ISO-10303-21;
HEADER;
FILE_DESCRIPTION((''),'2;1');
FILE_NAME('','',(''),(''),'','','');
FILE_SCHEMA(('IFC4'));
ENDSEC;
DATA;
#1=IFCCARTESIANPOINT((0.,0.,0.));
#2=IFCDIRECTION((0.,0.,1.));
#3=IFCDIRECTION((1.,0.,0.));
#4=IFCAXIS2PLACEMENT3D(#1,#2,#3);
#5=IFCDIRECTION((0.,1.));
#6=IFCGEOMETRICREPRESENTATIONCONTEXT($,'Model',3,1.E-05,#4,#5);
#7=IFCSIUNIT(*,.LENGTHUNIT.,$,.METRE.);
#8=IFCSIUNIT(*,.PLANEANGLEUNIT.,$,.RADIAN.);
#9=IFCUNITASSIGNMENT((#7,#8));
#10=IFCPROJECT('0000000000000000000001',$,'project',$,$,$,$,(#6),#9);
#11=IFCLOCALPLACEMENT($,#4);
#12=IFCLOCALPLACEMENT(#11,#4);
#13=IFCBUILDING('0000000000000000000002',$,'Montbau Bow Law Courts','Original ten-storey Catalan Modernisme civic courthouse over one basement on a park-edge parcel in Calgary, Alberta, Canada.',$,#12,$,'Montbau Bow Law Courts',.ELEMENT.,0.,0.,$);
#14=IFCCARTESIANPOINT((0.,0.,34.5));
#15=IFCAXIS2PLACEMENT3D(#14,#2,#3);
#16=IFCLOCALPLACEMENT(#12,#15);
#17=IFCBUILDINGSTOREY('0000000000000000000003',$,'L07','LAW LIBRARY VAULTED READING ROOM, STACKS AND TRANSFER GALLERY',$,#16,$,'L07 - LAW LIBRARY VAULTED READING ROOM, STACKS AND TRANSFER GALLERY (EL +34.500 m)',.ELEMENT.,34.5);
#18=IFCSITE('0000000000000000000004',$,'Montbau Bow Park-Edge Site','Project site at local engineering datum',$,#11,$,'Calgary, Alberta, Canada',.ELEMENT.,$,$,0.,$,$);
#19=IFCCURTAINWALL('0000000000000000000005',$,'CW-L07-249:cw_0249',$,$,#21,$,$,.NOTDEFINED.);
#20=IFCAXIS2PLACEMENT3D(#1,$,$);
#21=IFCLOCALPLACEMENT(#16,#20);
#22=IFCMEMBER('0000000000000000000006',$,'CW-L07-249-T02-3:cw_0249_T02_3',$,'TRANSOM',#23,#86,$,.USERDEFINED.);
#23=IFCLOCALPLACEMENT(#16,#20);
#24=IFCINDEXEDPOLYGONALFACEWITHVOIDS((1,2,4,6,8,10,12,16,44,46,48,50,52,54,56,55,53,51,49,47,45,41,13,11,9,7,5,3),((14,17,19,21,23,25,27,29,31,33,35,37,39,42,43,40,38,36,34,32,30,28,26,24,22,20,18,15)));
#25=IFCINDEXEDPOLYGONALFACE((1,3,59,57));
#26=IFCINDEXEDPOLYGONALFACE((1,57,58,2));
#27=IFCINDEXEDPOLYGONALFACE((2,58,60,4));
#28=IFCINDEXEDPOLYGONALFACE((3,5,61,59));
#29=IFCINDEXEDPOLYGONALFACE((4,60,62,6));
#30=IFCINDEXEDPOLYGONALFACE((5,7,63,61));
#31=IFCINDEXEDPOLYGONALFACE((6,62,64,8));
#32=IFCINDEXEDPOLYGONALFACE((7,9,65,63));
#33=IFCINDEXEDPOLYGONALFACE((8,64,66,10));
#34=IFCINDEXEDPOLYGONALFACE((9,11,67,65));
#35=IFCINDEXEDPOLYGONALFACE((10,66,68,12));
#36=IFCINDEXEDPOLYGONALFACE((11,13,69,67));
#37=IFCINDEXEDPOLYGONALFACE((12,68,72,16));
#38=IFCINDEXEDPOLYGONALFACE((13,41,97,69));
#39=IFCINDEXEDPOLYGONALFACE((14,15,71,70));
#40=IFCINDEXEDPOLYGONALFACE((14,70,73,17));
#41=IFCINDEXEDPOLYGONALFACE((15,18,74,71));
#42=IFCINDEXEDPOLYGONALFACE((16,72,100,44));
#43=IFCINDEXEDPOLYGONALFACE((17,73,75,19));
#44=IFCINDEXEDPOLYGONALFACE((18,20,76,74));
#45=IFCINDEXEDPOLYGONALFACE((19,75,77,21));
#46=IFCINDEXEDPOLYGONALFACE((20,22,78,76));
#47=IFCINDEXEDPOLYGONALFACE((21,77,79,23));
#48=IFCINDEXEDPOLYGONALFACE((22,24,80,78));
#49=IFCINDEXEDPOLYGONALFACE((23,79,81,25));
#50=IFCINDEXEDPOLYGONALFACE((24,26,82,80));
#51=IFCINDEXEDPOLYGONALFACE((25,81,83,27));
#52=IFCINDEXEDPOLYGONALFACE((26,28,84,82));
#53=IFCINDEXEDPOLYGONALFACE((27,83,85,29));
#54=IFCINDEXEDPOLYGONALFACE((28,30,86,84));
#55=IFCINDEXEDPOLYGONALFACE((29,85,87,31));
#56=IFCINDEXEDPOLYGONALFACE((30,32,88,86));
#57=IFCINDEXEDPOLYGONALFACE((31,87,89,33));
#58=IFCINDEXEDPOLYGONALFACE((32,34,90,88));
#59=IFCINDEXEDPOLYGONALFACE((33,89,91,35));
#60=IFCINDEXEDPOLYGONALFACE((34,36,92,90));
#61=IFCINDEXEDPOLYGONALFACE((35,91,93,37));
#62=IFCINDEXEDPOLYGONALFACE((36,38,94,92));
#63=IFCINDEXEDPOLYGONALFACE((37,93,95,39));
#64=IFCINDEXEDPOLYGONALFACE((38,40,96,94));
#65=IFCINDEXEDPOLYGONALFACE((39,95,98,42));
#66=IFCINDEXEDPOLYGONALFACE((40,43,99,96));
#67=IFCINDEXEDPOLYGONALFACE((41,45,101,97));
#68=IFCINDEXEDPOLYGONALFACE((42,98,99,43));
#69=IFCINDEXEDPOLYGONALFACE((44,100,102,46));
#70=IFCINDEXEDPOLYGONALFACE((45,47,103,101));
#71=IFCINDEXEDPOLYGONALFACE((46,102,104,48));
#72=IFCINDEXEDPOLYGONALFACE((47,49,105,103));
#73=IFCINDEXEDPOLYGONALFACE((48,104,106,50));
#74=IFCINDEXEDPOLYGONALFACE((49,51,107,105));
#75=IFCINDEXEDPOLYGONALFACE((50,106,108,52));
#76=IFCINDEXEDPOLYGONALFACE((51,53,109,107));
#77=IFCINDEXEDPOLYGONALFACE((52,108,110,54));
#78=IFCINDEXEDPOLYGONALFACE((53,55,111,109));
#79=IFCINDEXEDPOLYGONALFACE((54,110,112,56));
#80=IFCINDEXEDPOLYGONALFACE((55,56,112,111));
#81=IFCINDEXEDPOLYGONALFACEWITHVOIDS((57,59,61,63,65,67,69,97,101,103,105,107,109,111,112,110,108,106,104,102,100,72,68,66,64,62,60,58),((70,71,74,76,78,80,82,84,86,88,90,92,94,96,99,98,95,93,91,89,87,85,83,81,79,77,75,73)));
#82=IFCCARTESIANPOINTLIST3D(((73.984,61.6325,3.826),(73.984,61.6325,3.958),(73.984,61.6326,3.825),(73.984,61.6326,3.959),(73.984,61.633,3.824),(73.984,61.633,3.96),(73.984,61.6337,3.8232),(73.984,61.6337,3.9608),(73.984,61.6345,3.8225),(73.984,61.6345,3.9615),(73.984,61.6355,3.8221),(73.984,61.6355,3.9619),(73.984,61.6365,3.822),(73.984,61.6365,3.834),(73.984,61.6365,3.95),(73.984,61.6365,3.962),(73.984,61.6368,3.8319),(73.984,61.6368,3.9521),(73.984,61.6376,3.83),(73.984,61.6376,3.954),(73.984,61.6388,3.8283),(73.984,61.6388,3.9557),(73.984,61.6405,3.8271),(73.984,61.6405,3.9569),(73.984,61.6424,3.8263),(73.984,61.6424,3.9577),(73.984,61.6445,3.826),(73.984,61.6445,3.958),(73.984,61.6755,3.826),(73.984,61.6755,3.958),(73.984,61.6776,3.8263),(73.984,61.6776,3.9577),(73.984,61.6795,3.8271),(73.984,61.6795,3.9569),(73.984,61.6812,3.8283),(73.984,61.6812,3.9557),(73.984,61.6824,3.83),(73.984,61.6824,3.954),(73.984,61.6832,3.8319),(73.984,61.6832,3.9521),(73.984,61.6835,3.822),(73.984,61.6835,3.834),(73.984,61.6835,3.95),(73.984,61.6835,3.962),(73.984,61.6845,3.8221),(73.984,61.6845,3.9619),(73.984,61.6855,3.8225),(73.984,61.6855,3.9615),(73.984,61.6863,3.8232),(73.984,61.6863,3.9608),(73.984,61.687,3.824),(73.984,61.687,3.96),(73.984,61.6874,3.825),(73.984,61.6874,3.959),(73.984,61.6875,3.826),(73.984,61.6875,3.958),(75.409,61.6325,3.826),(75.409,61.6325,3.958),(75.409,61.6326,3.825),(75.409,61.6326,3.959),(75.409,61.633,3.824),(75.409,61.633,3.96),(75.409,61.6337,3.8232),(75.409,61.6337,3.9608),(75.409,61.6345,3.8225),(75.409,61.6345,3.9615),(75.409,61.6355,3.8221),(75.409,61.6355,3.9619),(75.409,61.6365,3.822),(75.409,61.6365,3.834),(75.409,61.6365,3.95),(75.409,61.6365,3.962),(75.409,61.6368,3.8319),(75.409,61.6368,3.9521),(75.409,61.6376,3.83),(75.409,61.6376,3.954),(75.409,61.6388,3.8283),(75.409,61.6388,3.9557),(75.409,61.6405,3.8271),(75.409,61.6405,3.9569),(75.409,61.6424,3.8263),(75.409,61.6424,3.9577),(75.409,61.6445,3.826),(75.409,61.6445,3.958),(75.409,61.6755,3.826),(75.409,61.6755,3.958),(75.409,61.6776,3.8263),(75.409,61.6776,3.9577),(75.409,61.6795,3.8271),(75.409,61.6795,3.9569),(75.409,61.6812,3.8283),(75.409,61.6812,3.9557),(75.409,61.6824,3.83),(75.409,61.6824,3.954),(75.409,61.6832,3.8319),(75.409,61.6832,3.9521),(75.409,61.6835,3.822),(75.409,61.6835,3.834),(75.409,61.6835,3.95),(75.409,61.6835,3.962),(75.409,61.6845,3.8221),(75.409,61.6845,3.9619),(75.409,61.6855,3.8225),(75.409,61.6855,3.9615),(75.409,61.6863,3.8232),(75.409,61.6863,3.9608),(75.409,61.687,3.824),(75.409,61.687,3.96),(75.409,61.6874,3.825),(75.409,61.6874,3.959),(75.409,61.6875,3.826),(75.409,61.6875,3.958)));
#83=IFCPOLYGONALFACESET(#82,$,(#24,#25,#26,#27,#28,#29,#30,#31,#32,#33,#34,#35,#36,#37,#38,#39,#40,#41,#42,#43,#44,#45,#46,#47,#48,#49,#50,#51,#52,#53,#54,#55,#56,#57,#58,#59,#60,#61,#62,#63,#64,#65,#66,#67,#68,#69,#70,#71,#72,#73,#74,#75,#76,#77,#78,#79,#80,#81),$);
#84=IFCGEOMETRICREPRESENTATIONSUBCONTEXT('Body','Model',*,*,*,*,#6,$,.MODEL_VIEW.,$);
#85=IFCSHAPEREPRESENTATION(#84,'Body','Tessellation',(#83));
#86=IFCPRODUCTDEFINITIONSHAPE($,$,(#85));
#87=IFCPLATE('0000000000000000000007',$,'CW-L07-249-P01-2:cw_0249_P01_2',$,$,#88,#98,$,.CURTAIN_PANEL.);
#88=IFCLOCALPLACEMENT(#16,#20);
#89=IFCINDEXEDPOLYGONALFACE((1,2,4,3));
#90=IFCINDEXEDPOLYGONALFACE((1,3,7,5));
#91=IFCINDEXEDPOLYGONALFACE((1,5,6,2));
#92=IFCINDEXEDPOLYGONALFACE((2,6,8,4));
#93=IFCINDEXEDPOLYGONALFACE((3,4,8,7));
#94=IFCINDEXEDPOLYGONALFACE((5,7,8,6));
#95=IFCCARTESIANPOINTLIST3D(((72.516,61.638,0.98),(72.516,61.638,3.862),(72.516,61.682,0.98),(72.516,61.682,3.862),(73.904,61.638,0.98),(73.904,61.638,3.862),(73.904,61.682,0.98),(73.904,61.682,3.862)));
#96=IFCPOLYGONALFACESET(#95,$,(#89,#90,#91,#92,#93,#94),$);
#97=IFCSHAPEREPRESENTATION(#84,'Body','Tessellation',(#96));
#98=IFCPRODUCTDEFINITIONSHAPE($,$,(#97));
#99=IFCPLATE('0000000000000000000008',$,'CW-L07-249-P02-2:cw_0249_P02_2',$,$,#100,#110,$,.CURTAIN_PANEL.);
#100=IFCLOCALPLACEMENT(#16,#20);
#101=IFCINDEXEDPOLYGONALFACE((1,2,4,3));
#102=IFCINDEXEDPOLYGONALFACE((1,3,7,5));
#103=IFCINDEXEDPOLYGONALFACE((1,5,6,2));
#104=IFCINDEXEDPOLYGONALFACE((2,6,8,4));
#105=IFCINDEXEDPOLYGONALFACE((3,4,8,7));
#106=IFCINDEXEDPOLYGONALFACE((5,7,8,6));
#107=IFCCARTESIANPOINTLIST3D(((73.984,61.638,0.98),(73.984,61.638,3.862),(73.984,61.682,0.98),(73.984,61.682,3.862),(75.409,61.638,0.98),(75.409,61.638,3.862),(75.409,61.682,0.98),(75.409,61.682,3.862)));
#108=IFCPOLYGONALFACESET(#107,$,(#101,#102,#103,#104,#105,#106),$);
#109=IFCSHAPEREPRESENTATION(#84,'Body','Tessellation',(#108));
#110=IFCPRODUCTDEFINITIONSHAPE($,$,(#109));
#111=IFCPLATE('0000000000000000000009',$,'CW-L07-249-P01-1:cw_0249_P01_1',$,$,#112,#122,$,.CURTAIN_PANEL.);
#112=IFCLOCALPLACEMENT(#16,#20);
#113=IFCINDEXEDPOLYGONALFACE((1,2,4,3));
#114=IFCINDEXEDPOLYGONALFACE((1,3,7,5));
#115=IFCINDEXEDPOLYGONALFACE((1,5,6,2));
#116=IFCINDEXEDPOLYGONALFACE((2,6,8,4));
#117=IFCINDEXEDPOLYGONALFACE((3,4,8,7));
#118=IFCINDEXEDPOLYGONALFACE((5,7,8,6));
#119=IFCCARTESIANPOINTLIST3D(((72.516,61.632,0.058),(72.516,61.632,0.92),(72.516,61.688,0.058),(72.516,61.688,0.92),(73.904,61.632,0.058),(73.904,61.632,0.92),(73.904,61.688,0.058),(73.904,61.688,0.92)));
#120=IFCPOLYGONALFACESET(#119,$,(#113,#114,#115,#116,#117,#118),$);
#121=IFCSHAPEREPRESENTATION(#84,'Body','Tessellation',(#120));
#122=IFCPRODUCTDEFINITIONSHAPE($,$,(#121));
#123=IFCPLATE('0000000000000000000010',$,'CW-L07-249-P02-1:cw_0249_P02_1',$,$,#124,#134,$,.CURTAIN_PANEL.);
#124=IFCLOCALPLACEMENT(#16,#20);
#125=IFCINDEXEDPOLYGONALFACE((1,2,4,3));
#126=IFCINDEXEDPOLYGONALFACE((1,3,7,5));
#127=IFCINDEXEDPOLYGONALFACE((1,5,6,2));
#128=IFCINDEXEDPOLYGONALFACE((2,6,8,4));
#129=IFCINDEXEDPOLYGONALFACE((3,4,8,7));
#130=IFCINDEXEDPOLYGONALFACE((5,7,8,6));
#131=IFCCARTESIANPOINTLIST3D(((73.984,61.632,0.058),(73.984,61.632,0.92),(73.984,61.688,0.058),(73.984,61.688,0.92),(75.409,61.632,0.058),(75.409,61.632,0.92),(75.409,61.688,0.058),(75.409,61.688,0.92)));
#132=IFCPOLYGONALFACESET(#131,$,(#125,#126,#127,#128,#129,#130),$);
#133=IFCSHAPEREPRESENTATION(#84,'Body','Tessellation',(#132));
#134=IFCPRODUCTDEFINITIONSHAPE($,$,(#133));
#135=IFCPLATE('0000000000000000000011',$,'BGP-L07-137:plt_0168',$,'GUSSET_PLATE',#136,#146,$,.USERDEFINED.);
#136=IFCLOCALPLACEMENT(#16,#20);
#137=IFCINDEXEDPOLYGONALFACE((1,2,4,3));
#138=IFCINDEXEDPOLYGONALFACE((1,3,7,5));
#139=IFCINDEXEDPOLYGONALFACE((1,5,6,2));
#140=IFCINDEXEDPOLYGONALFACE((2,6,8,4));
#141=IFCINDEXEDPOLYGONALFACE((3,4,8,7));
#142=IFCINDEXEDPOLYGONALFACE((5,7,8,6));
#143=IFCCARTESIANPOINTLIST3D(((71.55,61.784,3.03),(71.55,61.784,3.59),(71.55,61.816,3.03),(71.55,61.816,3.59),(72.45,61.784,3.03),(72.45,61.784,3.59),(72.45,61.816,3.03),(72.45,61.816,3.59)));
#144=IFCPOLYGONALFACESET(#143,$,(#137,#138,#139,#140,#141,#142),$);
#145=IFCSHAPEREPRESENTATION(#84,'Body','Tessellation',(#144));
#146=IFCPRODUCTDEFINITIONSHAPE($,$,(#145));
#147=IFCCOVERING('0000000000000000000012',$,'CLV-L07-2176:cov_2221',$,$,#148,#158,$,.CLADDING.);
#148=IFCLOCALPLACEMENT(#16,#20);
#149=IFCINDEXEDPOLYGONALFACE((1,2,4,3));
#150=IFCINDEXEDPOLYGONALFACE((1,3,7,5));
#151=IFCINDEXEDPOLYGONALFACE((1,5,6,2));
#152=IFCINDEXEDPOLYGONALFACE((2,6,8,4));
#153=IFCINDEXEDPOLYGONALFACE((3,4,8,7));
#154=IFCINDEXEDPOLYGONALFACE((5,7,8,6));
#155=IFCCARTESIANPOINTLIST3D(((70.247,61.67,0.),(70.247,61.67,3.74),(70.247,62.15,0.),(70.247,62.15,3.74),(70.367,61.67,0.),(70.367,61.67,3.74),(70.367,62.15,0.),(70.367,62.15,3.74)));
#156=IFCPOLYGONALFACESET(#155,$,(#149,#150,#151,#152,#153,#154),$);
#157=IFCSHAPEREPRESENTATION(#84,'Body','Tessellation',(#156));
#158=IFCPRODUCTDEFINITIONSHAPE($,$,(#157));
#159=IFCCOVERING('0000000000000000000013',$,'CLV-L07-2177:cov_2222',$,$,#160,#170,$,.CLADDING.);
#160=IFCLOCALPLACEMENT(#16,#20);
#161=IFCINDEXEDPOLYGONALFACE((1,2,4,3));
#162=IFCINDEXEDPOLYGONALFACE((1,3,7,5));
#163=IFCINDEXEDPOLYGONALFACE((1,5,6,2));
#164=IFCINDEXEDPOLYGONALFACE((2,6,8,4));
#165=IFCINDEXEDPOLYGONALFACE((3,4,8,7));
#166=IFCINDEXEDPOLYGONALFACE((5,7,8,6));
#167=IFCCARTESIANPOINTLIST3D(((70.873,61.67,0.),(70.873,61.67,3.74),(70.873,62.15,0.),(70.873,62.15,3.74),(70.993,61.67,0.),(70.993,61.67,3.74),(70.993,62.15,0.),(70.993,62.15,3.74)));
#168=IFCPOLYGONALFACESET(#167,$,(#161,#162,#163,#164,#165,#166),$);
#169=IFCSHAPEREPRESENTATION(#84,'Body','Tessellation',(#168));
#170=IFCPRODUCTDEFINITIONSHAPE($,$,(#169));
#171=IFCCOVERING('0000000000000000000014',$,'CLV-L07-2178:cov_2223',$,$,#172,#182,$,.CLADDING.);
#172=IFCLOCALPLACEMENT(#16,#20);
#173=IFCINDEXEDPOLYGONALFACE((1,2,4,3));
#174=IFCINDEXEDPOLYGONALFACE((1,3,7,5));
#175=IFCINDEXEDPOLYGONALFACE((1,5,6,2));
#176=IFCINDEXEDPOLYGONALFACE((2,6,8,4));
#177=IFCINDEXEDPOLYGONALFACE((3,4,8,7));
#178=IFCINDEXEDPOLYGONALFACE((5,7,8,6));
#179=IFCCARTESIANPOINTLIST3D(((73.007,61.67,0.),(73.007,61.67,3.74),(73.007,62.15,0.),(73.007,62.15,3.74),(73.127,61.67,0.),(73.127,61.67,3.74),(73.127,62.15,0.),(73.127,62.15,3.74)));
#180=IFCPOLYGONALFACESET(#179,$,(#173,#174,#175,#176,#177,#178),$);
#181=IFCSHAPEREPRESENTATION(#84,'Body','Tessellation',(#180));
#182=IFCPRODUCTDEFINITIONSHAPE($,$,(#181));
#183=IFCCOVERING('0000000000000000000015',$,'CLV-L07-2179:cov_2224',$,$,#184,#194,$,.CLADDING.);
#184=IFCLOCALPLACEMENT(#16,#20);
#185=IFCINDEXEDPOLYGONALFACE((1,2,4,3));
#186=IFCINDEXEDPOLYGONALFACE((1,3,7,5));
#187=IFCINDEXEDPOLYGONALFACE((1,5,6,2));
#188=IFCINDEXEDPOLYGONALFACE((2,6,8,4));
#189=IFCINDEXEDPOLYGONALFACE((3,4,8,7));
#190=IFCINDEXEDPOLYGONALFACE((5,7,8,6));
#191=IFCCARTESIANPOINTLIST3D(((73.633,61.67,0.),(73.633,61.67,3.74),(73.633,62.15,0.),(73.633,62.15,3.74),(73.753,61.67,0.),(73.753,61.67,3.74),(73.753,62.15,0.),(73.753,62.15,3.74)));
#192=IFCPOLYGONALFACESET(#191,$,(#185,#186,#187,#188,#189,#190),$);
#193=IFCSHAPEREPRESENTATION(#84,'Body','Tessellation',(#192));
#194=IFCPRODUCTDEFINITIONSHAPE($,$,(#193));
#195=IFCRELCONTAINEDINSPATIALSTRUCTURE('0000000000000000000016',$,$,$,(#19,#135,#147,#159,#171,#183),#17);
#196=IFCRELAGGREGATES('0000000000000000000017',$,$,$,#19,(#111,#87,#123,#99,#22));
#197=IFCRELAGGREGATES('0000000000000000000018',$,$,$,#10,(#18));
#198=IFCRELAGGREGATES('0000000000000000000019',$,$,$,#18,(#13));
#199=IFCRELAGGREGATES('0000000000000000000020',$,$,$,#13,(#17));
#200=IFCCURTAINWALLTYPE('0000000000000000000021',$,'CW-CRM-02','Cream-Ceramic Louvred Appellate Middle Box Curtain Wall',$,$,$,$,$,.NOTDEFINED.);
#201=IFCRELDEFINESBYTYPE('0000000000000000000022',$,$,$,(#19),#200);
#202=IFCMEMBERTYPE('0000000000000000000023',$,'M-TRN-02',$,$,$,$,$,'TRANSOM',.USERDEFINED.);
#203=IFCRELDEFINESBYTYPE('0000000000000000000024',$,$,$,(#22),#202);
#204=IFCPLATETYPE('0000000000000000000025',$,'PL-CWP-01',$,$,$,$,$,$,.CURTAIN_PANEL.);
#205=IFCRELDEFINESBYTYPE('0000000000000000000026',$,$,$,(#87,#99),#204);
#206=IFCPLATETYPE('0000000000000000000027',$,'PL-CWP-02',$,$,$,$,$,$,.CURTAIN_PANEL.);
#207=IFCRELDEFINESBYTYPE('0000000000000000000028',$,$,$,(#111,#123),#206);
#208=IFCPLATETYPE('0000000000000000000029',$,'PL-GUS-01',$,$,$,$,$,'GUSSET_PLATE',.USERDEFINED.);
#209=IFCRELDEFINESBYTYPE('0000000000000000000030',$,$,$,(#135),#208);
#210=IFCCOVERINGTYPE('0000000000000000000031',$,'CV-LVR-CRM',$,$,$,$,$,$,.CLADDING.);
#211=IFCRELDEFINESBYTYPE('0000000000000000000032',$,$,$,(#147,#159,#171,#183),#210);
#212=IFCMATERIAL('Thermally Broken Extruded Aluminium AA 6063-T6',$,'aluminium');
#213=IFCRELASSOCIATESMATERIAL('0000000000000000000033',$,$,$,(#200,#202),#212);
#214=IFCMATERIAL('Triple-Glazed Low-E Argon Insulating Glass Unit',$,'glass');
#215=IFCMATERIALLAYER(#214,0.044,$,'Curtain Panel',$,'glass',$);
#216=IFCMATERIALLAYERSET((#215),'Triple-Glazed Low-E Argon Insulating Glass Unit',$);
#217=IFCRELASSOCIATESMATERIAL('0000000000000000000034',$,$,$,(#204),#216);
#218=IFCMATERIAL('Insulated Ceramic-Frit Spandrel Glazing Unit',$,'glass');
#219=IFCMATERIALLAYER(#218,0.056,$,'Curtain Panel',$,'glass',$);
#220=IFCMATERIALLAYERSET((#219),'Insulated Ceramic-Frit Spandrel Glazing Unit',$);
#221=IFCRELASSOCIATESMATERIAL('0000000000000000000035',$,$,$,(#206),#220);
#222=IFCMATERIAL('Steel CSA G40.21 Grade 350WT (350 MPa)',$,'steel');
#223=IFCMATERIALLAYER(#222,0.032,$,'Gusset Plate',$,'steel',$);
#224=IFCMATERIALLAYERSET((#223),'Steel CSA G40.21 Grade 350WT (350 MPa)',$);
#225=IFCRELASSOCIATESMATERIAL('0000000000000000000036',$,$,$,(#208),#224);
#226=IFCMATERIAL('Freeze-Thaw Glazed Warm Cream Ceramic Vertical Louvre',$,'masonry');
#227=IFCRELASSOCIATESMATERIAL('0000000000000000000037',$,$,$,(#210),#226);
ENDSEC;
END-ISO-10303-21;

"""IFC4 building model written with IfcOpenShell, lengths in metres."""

from ifc_helpers import new_model, si_unit, direction, frame, frame_2d, origin_with_axes, origin_2d_with_axis, place, context, subcontext, project, spatial, rectangle, hollow_rectangle, extrude, material, layer, layer_set, material_profile, profile_set, type_object, element, aggregate, save


model = new_model("IFC4")

# Units and contexts
model_context = context("Model", 3, precision=1e-05, world=origin_with_axes(), true_north=direction((0.0, 1.0)))
body_context = subcontext(model_context, "Body", "Model", "MODEL_VIEW")
ifc_project = project(units=[si_unit("LENGTHUNIT", "METRE"), si_unit("PLANEANGLEUNIT", "RADIAN")], contexts=[model_context])

# Site, building, storey
site_placement = place(None, origin_with_axes())
site = spatial("IfcSite", under=ifc_project, at=site_placement, Name="Montbau Bow Park-Edge Site", Description="Project site at local engineering datum", LongName="Calgary, Alberta, Canada", CompositionType="ELEMENT", RefElevation=0.0)
building_placement = place(site_placement, origin_with_axes())
building = spatial("IfcBuilding", under=site, at=building_placement, Name="Montbau Bow Law Courts", Description="Original ten-storey Catalan Modernisme civic courthouse over one basement on a park-edge parcel in Calgary, Alberta, Canada.", LongName="Montbau Bow Law Courts", CompositionType="ELEMENT", ElevationOfRefHeight=0.0, ElevationOfTerrain=0.0)
storey_placement = place(building_placement, frame((0.0, 0.0, 34.5), z_axis=(0.0, 0.0, 1.0), x_axis=(1.0, 0.0, 0.0)))
storey = spatial("IfcBuildingStorey", under=building, at=storey_placement, Name="L07", Description="LAW LIBRARY VAULTED READING ROOM, STACKS AND TRANSFER GALLERY", LongName="L07 - LAW LIBRARY VAULTED READING ROOM, STACKS AND TRANSFER GALLERY (EL +34.500 m)", CompositionType="ELEMENT", Elevation=34.5)

# Shared definitions
ifc_material_1 = material(Name="Steel CSA G40.21 Grade 350WT (350 MPa)", Category="steel")

# Curtain wall
ifc_material_2 = material(Name="Thermally Broken Extruded Aluminium AA 6063-T6", Category="aluminium")
curtain_wall_type = type_object("IfcCurtainWallType", Name="CW-CRM-02", Description="Cream-Ceramic Louvred Appellate Middle Box Curtain Wall", PredefinedType="NOTDEFINED", material=ifc_material_2)
curtain_wall_1_placement = place(None, frame((72.44, 61.66, 34.5), z_axis=(0.0, 0.0, 1.0), x_axis=(1.0, 0.0, 0.0)))
curtain_wall_1 = element("IfcCurtainWall", 1, at=curtain_wall_1_placement, inside=storey, type_object=curtain_wall_type, Name="CW-L07-249:cw_0249", PredefinedType="NOTDEFINED")

# Member
ifc_material_profile_1 = material_profile(ifc_material_2, hollow_rectangle(XDim=0.055, YDim=0.14, WallThickness=0.004, InnerFilletRadius=0.008, OuterFilletRadius=0.004, at=origin_2d_with_axis()), Name="CWT-140X55", Category="Main", Priority=0)
ifc_profile_set_1 = profile_set([ifc_material_profile_1], Name="Thermally Broken Extruded Aluminium AA 6063-T6")
member_type_1 = type_object("IfcMemberType", Name="M-TRN-02", ElementType="TRANSOM", PredefinedType="USERDEFINED", material=ifc_profile_set_1)
member_1_placement = place(None, frame((73.984, 61.66, 38.392), z_axis=(1.0, 0.0, 0.0), x_axis=(0.0, 1.0, 0.0)))
member_1 = element("IfcMember", 2, at=member_1_placement, type_object=member_type_1, Name="CW-L07-249-T02-3:cw_0249_T02_3", ObjectType="TRANSOM", PredefinedType="USERDEFINED", context=body_context, shape_type="SweptSolid", body=[
    extrude(hollow_rectangle(XDim=0.055, YDim=0.14, WallThickness=0.004, InnerFilletRadius=0.008, OuterFilletRadius=0.004, at=origin_2d_with_axis()), origin_with_axes(), (0.0, 0.0, 1.0), 1.425),
])

# Plates
ifc_material_3 = material(Name="Triple-Glazed Low-E Argon Insulating Glass Unit", Category="glass")
ifc_layer_1 = layer(ifc_material_3, 0.044, Name="Curtain Panel", Category="glass")
ifc_layer_set_1 = layer_set([ifc_layer_1], Name="Triple-Glazed Low-E Argon Insulating Glass Unit")
plate_type_1 = type_object("IfcPlateType", Name="PL-CWP-01", PredefinedType="CURTAIN_PANEL", material=ifc_layer_set_1)
plate_1_placement = place(None, frame((72.516, 61.66, 35.48), z_axis=(0.0, -1.0, 0.0), x_axis=(1.0, 0.0, 0.0)))
plate_1 = element("IfcPlate", 3, at=plate_1_placement, type_object=plate_type_1, Name="CW-L07-249-P01-2:cw_0249_P01_2", PredefinedType="CURTAIN_PANEL", context=body_context, shape_type="SweptSolid", body=[
    extrude(rectangle(XDim=1.388, YDim=2.882, at=frame_2d((0.694, 1.441), x_axis=(1.0, 0.0))), frame((0.0, 0.0, -0.022), z_axis=(0.0, 0.0, 1.0), x_axis=(1.0, 0.0, 0.0)), (0.0, 0.0, 1.0), 0.044),
])
plate_2_placement = place(None, frame((73.984, 61.66, 35.48), z_axis=(0.0, -1.0, 0.0), x_axis=(1.0, 0.0, 0.0)))
plate_2 = element("IfcPlate", 4, at=plate_2_placement, type_object=plate_type_1, Name="CW-L07-249-P02-2:cw_0249_P02_2", PredefinedType="CURTAIN_PANEL", context=body_context, shape_type="SweptSolid", body=[
    extrude(rectangle(XDim=1.425, YDim=2.882, at=frame_2d((0.7125, 1.441), x_axis=(1.0, 0.0))), frame((0.0, 0.0, -0.022), z_axis=(0.0, 0.0, 1.0), x_axis=(1.0, 0.0, 0.0)), (0.0, 0.0, 1.0), 0.044),
])
ifc_material_4 = material(Name="Insulated Ceramic-Frit Spandrel Glazing Unit", Category="glass")
ifc_layer_2 = layer(ifc_material_4, 0.056, Name="Curtain Panel", Category="glass")
ifc_layer_set_2 = layer_set([ifc_layer_2], Name="Insulated Ceramic-Frit Spandrel Glazing Unit")
plate_type_2 = type_object("IfcPlateType", Name="PL-CWP-02", PredefinedType="CURTAIN_PANEL", material=ifc_layer_set_2)
plate_3_placement = place(None, frame((72.516, 61.66, 34.558), z_axis=(0.0, -1.0, 0.0), x_axis=(1.0, 0.0, 0.0)))
plate_3 = element("IfcPlate", 5, at=plate_3_placement, type_object=plate_type_2, Name="CW-L07-249-P01-1:cw_0249_P01_1", PredefinedType="CURTAIN_PANEL", context=body_context, shape_type="SweptSolid", body=[
    extrude(rectangle(XDim=1.388, YDim=0.862, at=frame_2d((0.694, 0.431), x_axis=(1.0, 0.0))), frame((0.0, 0.0, -0.028), z_axis=(0.0, 0.0, 1.0), x_axis=(1.0, 0.0, 0.0)), (0.0, 0.0, 1.0), 0.056),
])
plate_4_placement = place(None, frame((73.984, 61.66, 34.558), z_axis=(0.0, -1.0, 0.0), x_axis=(1.0, 0.0, 0.0)))
plate_4 = element("IfcPlate", 6, at=plate_4_placement, type_object=plate_type_2, Name="CW-L07-249-P02-1:cw_0249_P02_1", PredefinedType="CURTAIN_PANEL", context=body_context, shape_type="SweptSolid", body=[
    extrude(rectangle(XDim=1.425, YDim=0.862, at=frame_2d((0.7125, 0.431), x_axis=(1.0, 0.0))), frame((0.0, 0.0, -0.028), z_axis=(0.0, 0.0, 1.0), x_axis=(1.0, 0.0, 0.0)), (0.0, 0.0, 1.0), 0.056),
])
aggregate(curtain_wall_1, [plate_3, plate_1, plate_4, plate_2, member_1])
ifc_layer_3 = layer(ifc_material_1, 0.032, Name="Gusset Plate", Category="steel")
ifc_layer_set_3 = layer_set([ifc_layer_3], Name="Steel CSA G40.21 Grade 350WT (350 MPa)")
plate_type_3 = type_object("IfcPlateType", Name="PL-GUS-01", ElementType="GUSSET_PLATE", PredefinedType="USERDEFINED", material=ifc_layer_set_3)
plate_5_placement = place(None, frame((72.0, 61.8, 37.53), z_axis=(0.0, 0.0, 1.0), x_axis=(1.0, 0.0, 0.0)))
element("IfcPlate", 7, at=plate_5_placement, inside=storey, type_object=plate_type_3, Name="BGP-L07-137:plt_0168", ObjectType="GUSSET_PLATE", PredefinedType="USERDEFINED", context=body_context, shape_type="SweptSolid", body=[
    extrude(rectangle(XDim=0.9, YDim=0.032, at=origin_2d_with_axis()), origin_with_axes(), (0.0, 0.0, 1.0), 0.56),
])

# Coverings
ifc_material_5 = material(Name="Freeze-Thaw Glazed Warm Cream Ceramic Vertical Louvre", Category="masonry")
covering_type = type_object("IfcCoveringType", Name="CV-LVR-CRM", PredefinedType="CLADDING", material=ifc_material_5)
for number, where, z_axis, x_axis, name in (
    (8, (70.307, 61.67, 34.5), (1.0, 0.0, 0.0), (0.0, 1.0, 0.0), "CLV-L07-2176:cov_2221"),
    (9, (70.933, 61.67, 34.5), (1.0, 0.0, 0.0), (0.0, 1.0, 0.0), "CLV-L07-2177:cov_2222"),
    (10, (73.067, 61.67, 34.5), (1.0, 0.0, 0.0), (0.0, 1.0, 0.0), "CLV-L07-2178:cov_2223"),
    (11, (73.693, 61.67, 34.5), (1.0, 0.0, 0.0), (0.0, 1.0, 0.0), "CLV-L07-2179:cov_2224"),
):
    element("IfcCovering", number, at=place(None, frame(where, z_axis=z_axis, x_axis=x_axis)), inside=storey, type_object=covering_type, Name=name, PredefinedType="CLADDING", context=body_context, shape_type="SweptSolid", body=[
        extrude(rectangle(XDim=0.48, YDim=3.74, at=frame_2d((0.24, 1.87), x_axis=(1.0, 0.0))), frame((0.0, 0.0, -0.06), z_axis=(0.0, 0.0, 1.0), x_axis=(1.0, 0.0, 0.0)), (0.0, 0.0, 1.0), 0.12),
    ])

save(model, "model.ifc")
